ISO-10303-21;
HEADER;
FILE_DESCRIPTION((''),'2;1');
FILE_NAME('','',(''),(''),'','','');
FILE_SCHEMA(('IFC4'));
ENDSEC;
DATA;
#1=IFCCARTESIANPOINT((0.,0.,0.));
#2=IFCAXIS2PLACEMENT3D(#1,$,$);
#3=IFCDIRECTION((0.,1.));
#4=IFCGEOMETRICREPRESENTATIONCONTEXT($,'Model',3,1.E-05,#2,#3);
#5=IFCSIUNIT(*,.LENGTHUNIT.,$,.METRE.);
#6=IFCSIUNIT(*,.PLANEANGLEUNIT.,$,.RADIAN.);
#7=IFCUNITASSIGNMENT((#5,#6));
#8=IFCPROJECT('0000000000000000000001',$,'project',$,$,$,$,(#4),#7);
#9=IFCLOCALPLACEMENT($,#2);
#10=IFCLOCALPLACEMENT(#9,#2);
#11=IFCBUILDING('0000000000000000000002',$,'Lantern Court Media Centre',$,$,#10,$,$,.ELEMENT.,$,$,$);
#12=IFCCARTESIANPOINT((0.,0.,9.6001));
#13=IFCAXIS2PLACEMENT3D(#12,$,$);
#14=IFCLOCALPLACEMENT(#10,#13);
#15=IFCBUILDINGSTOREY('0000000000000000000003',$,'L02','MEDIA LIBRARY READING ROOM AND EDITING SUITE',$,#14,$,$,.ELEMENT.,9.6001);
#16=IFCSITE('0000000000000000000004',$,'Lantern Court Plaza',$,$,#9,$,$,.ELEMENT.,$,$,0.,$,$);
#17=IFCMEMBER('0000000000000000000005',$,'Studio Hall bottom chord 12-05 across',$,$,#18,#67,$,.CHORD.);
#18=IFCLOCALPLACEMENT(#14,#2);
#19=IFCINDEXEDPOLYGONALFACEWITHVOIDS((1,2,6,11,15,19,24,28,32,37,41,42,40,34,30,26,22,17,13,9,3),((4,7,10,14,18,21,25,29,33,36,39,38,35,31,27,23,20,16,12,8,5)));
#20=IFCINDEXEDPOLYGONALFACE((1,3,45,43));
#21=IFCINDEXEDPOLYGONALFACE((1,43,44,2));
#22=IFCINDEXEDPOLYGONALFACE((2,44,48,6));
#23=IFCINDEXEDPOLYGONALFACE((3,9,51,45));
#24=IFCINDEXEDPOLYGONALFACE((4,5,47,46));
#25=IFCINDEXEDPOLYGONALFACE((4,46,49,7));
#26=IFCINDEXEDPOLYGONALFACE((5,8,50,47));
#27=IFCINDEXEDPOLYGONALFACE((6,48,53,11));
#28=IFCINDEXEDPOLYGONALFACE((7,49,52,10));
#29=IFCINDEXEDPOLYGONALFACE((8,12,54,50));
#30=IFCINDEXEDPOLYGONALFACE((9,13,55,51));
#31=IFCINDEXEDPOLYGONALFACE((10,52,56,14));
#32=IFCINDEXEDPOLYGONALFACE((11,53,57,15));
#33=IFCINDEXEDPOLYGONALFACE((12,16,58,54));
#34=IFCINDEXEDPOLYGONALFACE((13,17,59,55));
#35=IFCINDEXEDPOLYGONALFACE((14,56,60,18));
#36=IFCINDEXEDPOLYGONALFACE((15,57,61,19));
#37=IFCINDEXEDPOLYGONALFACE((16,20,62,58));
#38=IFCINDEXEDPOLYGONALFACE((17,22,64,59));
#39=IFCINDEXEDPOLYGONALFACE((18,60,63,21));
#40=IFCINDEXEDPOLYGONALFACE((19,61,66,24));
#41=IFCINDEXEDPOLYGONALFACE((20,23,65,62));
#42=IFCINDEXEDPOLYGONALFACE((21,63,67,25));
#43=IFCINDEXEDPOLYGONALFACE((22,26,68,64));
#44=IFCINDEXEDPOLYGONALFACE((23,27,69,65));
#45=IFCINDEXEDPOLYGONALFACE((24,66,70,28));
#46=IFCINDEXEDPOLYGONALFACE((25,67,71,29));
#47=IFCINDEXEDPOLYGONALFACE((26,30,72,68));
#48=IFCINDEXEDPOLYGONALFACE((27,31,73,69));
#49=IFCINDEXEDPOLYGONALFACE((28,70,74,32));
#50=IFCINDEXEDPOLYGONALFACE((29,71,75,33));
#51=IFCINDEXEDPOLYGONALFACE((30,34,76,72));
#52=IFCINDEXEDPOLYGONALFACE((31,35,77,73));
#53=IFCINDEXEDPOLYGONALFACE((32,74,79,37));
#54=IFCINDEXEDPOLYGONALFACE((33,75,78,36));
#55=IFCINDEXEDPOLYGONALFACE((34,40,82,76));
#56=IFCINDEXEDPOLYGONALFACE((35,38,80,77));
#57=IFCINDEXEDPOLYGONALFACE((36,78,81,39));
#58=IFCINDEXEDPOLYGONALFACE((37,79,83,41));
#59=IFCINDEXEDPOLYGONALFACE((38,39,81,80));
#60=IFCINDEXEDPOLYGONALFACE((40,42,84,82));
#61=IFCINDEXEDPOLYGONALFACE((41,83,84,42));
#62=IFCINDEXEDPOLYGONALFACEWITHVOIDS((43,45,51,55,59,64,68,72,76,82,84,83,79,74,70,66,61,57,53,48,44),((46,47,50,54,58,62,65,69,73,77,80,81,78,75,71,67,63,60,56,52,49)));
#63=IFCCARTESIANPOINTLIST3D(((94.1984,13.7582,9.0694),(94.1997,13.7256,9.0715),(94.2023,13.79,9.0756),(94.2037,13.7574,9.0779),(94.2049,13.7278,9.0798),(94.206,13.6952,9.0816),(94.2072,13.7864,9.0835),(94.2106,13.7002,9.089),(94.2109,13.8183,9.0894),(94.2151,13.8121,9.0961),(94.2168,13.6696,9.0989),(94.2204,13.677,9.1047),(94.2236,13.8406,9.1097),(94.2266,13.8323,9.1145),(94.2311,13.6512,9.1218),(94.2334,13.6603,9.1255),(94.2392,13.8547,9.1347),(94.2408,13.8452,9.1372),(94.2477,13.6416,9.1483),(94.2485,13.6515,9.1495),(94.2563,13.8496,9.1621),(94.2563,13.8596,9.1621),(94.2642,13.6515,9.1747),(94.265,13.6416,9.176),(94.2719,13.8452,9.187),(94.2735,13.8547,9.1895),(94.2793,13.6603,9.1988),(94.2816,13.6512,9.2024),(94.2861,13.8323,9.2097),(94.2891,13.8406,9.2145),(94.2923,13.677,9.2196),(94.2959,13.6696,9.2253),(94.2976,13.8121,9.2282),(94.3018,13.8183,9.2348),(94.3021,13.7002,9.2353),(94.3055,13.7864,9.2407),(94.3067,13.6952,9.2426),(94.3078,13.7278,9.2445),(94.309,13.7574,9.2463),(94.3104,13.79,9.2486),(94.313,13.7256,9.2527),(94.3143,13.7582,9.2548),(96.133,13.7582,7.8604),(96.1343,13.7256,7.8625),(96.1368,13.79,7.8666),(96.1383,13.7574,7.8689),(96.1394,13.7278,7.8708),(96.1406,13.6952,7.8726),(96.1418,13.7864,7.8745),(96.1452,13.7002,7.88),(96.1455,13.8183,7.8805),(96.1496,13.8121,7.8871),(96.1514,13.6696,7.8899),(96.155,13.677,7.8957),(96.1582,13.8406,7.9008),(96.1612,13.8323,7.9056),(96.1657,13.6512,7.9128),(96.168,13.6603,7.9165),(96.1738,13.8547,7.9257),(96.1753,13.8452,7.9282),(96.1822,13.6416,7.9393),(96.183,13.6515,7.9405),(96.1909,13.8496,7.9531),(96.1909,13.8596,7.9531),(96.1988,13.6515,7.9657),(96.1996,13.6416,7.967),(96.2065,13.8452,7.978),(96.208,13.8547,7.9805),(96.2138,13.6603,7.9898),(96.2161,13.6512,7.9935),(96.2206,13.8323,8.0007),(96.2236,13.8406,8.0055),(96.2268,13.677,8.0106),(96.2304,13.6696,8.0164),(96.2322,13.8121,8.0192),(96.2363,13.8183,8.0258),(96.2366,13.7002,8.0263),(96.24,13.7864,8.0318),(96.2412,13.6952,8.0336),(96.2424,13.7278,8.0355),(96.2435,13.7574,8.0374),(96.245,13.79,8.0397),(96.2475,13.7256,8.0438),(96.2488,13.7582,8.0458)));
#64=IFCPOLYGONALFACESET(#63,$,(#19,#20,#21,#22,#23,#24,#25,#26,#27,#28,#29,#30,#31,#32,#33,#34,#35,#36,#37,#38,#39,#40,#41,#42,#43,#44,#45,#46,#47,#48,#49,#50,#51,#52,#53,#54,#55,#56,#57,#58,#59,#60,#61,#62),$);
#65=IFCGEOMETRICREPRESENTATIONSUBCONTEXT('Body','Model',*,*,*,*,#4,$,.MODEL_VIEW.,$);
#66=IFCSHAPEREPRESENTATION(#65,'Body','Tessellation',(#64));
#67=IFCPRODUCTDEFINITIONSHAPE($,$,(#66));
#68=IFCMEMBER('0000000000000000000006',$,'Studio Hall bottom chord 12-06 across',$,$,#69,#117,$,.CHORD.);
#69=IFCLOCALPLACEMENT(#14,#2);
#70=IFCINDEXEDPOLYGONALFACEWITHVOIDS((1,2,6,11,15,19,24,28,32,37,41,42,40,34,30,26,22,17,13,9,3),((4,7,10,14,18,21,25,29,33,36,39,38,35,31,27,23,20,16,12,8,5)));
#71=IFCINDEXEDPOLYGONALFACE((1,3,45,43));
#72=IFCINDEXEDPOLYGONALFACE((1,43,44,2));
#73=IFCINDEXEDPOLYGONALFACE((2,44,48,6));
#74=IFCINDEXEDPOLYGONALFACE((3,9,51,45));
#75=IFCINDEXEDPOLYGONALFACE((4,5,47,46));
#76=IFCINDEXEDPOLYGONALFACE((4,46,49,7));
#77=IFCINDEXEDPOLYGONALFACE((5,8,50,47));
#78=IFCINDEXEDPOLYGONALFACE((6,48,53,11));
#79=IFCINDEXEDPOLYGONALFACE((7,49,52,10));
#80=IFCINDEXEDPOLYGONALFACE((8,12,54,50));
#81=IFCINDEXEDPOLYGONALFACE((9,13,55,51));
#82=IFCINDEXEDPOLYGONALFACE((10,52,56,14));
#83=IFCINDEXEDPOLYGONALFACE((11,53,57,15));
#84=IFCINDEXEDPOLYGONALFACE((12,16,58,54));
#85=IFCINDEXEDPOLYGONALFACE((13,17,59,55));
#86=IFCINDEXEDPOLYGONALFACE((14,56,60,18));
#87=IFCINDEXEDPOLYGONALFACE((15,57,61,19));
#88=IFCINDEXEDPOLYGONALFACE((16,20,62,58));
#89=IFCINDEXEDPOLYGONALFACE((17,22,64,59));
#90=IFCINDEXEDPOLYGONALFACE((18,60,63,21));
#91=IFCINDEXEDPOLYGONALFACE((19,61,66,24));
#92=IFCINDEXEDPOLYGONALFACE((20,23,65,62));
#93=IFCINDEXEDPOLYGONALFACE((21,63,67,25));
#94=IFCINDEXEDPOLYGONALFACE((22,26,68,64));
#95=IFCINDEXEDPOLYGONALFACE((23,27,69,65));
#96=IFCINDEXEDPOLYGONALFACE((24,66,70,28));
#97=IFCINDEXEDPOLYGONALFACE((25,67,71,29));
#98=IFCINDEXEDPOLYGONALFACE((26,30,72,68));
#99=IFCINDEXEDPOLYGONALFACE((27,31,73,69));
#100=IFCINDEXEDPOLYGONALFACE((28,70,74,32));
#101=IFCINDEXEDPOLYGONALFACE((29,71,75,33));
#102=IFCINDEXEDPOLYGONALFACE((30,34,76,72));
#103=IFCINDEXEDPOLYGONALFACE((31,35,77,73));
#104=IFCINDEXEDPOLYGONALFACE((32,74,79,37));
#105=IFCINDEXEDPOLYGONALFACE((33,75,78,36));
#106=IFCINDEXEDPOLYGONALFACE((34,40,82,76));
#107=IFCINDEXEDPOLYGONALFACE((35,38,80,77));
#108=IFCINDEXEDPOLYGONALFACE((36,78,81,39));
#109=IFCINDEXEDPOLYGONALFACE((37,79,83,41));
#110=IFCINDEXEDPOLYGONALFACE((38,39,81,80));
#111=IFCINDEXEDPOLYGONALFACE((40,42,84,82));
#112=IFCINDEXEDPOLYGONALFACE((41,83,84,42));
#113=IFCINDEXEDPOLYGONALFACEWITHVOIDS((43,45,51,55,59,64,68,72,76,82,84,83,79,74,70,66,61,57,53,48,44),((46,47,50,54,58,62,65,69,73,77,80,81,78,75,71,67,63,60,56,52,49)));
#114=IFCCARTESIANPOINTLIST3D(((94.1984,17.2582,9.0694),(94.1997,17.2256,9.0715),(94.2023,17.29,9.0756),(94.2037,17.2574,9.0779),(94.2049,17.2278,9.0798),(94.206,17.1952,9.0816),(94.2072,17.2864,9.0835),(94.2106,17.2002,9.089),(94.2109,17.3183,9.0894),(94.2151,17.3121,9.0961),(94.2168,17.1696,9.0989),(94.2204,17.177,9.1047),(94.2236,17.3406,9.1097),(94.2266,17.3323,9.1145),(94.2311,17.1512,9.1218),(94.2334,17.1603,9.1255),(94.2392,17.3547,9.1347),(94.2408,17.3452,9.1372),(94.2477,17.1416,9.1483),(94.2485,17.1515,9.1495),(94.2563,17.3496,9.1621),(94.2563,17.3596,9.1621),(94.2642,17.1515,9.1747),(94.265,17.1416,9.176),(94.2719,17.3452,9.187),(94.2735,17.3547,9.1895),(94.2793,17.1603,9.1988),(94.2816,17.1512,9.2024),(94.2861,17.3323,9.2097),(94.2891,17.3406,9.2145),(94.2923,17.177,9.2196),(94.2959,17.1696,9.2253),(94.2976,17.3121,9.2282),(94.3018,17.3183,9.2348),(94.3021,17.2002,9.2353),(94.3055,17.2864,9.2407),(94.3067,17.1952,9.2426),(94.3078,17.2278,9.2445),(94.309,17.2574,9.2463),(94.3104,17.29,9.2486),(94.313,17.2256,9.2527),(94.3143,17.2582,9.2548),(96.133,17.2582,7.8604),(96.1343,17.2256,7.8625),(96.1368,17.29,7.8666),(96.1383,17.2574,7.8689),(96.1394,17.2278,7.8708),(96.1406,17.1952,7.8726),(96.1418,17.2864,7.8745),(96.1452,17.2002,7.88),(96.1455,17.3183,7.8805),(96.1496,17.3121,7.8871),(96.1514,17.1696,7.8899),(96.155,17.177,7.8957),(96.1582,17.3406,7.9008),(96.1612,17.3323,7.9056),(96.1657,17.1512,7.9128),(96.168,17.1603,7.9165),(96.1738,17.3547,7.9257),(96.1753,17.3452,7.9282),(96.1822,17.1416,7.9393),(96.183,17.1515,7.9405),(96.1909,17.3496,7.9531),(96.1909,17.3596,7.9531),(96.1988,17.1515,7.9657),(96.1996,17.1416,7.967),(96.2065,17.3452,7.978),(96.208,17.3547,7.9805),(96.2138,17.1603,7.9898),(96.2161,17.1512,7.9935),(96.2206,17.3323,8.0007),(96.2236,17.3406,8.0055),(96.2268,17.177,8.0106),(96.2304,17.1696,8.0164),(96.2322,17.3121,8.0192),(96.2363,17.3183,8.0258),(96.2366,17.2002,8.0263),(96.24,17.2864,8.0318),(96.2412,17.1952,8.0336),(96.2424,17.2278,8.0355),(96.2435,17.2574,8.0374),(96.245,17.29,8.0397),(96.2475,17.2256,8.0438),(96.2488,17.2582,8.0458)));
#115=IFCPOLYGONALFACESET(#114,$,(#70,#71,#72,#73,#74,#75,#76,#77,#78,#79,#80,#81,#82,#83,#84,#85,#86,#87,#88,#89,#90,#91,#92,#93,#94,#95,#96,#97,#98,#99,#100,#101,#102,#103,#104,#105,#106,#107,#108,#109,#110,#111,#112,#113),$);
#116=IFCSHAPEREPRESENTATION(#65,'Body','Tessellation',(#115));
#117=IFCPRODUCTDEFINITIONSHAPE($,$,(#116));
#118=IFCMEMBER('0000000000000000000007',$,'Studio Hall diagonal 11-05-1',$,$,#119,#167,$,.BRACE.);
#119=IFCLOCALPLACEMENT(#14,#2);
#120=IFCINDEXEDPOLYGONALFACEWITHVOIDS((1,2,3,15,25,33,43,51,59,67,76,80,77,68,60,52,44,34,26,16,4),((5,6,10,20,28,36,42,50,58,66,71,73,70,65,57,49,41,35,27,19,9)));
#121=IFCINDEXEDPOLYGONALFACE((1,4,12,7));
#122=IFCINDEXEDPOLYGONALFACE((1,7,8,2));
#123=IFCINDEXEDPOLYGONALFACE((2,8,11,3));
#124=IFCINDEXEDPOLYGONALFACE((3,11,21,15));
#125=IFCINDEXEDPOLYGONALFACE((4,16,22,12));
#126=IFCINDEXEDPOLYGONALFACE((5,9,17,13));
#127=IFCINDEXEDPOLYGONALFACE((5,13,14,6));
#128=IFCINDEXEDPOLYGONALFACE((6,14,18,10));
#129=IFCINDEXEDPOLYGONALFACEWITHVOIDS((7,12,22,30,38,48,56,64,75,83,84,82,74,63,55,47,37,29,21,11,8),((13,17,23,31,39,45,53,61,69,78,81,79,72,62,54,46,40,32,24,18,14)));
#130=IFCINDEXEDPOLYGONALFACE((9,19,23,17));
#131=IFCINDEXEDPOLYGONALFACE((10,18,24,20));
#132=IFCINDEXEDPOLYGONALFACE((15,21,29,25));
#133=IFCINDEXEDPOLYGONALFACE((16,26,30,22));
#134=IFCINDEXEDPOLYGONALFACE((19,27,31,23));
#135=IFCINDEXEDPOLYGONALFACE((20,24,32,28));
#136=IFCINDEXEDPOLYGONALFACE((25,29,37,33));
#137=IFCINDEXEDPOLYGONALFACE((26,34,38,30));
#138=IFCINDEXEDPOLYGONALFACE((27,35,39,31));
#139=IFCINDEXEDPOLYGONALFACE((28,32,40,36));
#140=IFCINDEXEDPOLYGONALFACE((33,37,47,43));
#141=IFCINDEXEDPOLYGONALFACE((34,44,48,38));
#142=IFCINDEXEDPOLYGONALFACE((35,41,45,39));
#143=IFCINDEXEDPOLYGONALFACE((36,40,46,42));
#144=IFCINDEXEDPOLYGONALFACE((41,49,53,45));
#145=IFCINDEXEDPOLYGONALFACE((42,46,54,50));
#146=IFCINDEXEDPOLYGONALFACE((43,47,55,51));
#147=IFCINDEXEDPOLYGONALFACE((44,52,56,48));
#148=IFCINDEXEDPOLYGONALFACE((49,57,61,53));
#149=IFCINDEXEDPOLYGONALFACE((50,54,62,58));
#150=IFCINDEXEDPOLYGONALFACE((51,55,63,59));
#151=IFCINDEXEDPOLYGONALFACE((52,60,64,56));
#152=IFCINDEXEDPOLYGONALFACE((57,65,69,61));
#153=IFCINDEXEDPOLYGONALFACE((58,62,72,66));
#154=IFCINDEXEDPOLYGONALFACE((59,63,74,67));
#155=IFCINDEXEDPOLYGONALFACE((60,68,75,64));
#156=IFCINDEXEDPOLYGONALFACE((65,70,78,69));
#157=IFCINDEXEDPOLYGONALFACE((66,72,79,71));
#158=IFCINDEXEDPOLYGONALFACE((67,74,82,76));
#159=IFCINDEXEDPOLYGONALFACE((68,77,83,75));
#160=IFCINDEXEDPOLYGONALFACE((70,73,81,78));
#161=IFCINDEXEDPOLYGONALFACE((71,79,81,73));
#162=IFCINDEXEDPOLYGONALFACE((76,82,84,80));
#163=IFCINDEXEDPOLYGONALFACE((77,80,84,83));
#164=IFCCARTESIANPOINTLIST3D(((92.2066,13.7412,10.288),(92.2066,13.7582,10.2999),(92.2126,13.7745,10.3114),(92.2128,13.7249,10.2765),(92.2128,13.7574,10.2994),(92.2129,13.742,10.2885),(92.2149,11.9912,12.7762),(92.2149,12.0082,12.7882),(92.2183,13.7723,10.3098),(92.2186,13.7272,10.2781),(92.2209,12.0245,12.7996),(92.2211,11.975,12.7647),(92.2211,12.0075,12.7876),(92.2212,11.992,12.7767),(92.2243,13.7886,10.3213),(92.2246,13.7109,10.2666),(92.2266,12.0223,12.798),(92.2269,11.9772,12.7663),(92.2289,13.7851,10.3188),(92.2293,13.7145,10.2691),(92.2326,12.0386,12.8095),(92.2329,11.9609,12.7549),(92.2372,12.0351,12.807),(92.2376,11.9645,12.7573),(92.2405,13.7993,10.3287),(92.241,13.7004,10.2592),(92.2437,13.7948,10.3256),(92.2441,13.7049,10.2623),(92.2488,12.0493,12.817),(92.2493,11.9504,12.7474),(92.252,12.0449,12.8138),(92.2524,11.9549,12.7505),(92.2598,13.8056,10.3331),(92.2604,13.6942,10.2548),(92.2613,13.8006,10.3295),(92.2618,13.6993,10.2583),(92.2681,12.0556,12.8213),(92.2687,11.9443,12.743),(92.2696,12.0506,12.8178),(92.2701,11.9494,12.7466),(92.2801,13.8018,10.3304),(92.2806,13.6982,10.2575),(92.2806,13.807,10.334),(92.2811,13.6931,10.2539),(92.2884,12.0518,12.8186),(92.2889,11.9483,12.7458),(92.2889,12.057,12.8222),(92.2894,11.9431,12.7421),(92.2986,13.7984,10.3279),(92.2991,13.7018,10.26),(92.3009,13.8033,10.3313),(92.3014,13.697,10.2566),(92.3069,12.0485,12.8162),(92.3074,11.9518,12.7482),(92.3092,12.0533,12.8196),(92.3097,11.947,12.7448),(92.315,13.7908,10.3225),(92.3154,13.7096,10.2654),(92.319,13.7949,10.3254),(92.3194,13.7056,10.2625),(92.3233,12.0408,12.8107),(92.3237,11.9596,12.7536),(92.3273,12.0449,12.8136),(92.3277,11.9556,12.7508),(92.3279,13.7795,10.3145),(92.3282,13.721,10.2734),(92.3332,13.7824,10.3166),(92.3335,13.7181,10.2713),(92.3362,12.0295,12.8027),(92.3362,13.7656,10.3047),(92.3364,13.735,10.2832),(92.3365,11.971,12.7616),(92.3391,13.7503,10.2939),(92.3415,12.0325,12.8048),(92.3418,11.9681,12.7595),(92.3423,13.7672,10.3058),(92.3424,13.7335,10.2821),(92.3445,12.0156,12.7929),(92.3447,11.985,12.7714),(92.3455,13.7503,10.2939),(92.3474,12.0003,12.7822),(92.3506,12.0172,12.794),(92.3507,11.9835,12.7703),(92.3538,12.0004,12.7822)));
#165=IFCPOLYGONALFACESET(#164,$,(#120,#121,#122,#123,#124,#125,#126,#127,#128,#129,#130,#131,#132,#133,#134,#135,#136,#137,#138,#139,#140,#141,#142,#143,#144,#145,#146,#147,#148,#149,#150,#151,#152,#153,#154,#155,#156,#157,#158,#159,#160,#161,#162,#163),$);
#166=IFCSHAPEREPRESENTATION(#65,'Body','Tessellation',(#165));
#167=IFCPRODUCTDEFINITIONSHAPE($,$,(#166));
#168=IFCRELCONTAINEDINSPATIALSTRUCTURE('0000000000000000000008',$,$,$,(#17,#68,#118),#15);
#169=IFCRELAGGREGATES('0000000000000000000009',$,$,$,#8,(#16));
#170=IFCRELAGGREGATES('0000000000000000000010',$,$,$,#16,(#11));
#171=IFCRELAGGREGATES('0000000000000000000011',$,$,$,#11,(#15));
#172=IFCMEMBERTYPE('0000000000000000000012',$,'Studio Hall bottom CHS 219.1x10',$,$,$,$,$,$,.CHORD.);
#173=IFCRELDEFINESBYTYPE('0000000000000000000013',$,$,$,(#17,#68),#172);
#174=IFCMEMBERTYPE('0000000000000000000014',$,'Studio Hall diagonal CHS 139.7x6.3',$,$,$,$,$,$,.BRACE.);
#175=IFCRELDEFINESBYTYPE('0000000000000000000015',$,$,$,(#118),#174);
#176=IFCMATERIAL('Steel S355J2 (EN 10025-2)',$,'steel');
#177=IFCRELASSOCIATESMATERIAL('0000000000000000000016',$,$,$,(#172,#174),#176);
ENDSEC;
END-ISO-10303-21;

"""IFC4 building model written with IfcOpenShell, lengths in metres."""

from ifc_helpers import new_model, si_unit, direction, frame, origin, origin_2d, place, context, subcontext, project, spatial, hollow_circle, extrude, material, material_profile, profile_set, type_object, element, save


model = new_model("IFC4")

# Units and contexts
model_context = context("Model", 3, precision=1e-05, world=origin(), true_north=direction((0.0, 1.0)))
body_context = subcontext(model_context, "Body", "Model", "MODEL_VIEW")
ifc_project = project(units=[si_unit("LENGTHUNIT", "METRE"), si_unit("PLANEANGLEUNIT", "RADIAN")], contexts=[model_context])

# Site, building, storey
site_placement = place(None, origin())
site = spatial("IfcSite", under=ifc_project, at=site_placement, Name="Lantern Court Plaza", CompositionType="ELEMENT", RefElevation=0.0)
building_placement = place(site_placement, origin())
building = spatial("IfcBuilding", under=site, at=building_placement, Name="Lantern Court Media Centre", CompositionType="ELEMENT")
storey_placement = place(building_placement, frame((0.0, 0.0, 9.6001)))
storey = spatial("IfcBuildingStorey", under=building, at=storey_placement, Name="L02", Description="MEDIA LIBRARY READING ROOM AND EDITING SUITE", CompositionType="ELEMENT", Elevation=9.6001)

# Members
ifc_material_1 = material(Name="Steel S355J2 (EN 10025-2)", Category="steel")
ifc_material_profile_1 = material_profile(ifc_material_1, hollow_circle(Radius=0.1096, WallThickness=0.01, at=origin_2d()), Name="Studio Hall bottom CHS 219.1x10")
ifc_profile_set_1 = profile_set([ifc_material_profile_1], Name="Steel S355J2 (EN 10025-2)")
member_type_1 = type_object("IfcMemberType", Name="Studio Hall bottom CHS 219.1x10", PredefinedType="CHORD", material=ifc_profile_set_1)
for number, where, z_axis, x_axis, name in (
    (1, (94.2563, 13.75, 9.1621), (0.848022, 0.0, -0.52996), (0.0, 1.0, 0.0), "Studio Hall bottom chord 12-05 across"),
    (2, (94.2563, 17.25, 9.1621), (0.848022, 0.0, -0.52996), (0.0, 1.0, 0.0), "Studio Hall bottom chord 12-06 across"),
):
    element("IfcMember", number, at=place(storey_placement, frame(where, z_axis=z_axis, x_axis=x_axis)), inside=storey, type_object=member_type_1, Name=name, PredefinedType="CHORD", context=body_context, shape_type="SweptSolid", body=[
        extrude(hollow_circle(Radius=0.1096, WallThickness=0.01, at=origin_2d()), origin(), (0.0, 0.0, 1.0), 2.2812),
    ])
ifc_material_profile_2 = material_profile(ifc_material_1, hollow_circle(Radius=0.0698, WallThickness=0.0063, at=origin_2d()), Name="Studio Hall diagonal CHS 139.7x6.3")
ifc_profile_set_2 = profile_set([ifc_material_profile_2], Name="Steel S355J2 (EN 10025-2)")
member_type_2 = type_object("IfcMemberType", Name="Studio Hall diagonal CHS 139.7x6.3", PredefinedType="BRACE", material=ifc_profile_set_2)
for number, where, z_axis, x_axis, name in (
    (3, (92.2756, 13.75, 10.2939), (0.002729, -0.575269, 0.81796), (0.999989, 0.004743, 0.0), "Studio Hall diagonal 11-05-1"),
):
    element("IfcMember", number, at=place(storey_placement, frame(where, z_axis=z_axis, x_axis=x_axis)), inside=storey, type_object=member_type_2, Name=name, PredefinedType="BRACE", context=body_context, shape_type="SweptSolid", body=[
        extrude(hollow_circle(Radius=0.0698, WallThickness=0.0063, at=origin_2d()), origin(), (0.0, 0.0, 1.0), 3.042),
    ])

save(model, "model.ifc")
